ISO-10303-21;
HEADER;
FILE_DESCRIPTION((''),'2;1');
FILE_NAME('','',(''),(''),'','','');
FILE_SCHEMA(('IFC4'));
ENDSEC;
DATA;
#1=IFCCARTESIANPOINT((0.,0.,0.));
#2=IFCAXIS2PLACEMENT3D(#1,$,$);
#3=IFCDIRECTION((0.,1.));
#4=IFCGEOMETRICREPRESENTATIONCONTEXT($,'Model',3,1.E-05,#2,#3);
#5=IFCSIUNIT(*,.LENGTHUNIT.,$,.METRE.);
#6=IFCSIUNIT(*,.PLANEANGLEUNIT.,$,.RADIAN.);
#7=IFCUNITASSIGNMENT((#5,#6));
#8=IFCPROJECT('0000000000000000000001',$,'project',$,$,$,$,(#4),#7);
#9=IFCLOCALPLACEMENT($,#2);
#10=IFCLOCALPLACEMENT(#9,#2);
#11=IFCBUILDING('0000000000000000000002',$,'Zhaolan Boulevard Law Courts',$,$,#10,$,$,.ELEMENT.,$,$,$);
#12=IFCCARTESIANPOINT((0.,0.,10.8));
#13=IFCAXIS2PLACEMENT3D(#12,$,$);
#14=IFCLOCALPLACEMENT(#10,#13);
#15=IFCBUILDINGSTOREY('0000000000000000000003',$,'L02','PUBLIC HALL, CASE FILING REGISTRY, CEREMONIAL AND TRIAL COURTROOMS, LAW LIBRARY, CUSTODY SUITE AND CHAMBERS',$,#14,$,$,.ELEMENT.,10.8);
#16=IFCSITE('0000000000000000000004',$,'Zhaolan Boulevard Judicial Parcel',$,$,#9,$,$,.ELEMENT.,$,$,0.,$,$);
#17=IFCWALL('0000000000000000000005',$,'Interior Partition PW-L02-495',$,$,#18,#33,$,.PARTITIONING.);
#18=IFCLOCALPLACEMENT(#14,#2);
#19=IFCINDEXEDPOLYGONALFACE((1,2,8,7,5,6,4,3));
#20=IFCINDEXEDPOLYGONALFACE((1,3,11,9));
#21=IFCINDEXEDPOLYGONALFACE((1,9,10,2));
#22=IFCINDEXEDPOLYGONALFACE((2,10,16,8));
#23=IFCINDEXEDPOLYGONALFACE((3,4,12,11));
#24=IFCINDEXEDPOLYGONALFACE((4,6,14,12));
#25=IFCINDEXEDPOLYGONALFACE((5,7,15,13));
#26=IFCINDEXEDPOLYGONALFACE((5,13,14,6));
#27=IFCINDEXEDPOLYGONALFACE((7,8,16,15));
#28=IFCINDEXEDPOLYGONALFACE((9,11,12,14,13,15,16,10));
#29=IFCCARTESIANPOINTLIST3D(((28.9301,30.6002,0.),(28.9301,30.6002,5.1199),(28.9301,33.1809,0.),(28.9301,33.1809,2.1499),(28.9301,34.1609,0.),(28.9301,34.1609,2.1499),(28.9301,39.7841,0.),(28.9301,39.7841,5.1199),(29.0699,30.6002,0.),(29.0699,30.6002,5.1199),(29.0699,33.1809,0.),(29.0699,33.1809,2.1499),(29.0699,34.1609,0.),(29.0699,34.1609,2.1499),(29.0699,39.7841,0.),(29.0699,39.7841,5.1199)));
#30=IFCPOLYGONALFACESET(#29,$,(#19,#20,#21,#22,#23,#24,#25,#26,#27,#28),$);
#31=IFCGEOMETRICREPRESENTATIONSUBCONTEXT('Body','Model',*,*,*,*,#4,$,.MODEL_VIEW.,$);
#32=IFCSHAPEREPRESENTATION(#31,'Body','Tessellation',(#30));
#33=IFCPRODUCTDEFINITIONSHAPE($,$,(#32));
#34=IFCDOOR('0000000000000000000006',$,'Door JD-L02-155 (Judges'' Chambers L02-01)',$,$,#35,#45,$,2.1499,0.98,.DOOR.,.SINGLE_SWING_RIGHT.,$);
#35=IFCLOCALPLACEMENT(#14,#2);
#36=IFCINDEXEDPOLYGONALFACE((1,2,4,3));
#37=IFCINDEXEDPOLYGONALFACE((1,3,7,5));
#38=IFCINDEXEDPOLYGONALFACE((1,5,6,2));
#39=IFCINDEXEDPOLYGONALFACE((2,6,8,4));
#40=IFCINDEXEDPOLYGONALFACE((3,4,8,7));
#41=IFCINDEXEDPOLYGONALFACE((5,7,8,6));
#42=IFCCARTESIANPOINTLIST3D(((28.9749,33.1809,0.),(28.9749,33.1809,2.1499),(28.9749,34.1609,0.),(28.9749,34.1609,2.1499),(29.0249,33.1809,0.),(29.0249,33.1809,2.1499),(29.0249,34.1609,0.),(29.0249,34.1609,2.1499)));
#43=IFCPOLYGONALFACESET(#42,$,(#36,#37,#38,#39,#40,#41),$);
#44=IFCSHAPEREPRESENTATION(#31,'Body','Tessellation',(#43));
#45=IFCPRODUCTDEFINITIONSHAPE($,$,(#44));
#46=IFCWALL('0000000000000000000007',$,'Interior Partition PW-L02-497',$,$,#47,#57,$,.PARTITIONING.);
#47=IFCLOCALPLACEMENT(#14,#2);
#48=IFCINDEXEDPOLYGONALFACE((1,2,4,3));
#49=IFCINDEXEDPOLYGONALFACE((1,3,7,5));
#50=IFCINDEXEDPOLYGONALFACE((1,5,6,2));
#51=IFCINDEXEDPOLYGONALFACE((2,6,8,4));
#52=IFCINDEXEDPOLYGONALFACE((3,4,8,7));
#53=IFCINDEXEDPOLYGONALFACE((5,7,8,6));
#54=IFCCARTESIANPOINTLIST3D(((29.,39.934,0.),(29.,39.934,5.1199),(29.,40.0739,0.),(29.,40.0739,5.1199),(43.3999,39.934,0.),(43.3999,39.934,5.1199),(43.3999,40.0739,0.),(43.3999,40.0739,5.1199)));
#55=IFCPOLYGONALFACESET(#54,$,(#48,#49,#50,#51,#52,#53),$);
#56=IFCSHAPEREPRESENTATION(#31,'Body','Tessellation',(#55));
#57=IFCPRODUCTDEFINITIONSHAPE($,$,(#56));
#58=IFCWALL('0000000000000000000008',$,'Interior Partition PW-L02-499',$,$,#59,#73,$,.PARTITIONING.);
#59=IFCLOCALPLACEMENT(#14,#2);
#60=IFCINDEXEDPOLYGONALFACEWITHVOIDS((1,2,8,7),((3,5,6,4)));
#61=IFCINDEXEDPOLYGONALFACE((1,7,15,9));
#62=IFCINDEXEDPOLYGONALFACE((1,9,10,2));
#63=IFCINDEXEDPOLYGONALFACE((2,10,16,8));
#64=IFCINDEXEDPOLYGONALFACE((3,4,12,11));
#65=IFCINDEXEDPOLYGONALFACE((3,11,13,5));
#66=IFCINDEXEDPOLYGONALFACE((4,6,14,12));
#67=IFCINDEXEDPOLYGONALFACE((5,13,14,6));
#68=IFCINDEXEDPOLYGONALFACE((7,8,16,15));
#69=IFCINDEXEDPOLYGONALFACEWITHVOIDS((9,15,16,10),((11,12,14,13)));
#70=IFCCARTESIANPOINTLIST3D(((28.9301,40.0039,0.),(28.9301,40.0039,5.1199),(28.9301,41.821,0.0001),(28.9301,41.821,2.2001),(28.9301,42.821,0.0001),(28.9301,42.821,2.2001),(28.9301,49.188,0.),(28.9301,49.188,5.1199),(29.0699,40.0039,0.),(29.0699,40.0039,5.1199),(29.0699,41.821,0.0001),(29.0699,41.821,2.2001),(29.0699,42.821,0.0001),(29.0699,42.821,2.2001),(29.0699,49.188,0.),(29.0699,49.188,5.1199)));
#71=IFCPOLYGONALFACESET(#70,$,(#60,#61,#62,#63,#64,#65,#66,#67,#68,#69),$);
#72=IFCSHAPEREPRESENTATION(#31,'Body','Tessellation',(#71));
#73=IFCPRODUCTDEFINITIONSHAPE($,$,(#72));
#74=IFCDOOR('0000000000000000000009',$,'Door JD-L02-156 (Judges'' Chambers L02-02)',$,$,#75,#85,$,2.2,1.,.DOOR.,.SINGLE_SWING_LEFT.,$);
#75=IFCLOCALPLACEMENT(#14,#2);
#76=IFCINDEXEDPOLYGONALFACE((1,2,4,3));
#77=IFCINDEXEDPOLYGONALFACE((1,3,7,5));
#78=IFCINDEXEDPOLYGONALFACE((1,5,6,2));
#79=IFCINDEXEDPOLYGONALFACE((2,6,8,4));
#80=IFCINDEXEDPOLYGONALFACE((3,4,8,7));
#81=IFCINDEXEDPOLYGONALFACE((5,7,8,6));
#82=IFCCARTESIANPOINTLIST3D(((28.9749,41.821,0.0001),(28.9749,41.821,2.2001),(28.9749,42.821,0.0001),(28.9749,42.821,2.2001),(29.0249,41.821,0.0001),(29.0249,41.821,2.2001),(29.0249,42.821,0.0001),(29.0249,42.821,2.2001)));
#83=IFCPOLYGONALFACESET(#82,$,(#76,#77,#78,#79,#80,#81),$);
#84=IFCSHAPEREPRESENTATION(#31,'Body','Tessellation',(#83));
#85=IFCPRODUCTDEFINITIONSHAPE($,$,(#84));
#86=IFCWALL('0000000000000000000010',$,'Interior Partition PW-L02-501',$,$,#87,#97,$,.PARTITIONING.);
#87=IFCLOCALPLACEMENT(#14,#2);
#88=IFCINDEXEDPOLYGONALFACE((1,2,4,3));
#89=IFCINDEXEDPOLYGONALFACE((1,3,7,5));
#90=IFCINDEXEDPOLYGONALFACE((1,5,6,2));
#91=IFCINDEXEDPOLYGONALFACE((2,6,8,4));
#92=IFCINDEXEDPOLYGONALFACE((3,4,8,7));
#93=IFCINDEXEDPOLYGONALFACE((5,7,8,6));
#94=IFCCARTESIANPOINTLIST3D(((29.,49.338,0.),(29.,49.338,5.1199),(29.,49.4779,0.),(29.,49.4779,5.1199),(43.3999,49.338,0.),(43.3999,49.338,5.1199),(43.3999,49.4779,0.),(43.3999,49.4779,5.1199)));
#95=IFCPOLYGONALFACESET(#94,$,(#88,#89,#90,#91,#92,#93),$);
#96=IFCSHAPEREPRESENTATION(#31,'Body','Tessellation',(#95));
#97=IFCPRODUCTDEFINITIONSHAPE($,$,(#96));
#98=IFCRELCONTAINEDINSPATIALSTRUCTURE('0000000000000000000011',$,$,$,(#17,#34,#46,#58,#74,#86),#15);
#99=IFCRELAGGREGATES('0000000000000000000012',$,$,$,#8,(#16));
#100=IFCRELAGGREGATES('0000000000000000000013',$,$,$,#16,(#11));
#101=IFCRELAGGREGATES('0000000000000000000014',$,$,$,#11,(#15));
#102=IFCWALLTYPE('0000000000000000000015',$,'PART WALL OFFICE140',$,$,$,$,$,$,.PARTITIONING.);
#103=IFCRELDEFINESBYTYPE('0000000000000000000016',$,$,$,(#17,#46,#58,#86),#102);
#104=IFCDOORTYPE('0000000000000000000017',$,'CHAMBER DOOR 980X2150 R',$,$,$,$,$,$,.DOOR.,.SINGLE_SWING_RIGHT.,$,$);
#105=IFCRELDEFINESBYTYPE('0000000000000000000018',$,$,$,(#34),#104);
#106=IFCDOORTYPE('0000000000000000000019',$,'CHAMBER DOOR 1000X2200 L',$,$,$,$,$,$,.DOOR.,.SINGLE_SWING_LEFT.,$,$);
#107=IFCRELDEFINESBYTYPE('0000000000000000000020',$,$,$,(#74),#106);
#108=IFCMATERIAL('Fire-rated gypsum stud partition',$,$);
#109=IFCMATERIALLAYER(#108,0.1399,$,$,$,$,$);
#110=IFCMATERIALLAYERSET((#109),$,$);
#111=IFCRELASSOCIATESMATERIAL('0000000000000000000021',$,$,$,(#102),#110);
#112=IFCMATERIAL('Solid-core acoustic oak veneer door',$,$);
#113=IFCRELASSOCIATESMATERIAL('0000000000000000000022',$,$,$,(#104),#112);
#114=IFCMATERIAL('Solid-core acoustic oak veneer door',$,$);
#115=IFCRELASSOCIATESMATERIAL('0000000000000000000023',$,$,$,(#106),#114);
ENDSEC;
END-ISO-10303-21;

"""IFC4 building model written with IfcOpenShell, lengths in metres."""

from ifc_helpers import new_model, si_unit, direction, frame, frame_2d, origin, place, context, subcontext, project, spatial, rectangle, extrude, material, layer, layer_set, type_object, element, fill, save


model = new_model("IFC4")

# Units and contexts
model_context = context("Model", 3, precision=1e-05, world=origin(), true_north=direction((0.0, 1.0)))
body_context = subcontext(model_context, "Body", "Model", "MODEL_VIEW")
ifc_project = project(units=[si_unit("LENGTHUNIT", "METRE"), si_unit("PLANEANGLEUNIT", "RADIAN")], contexts=[model_context])

# Site, building, storey
site_placement = place(None, origin())
site = spatial("IfcSite", under=ifc_project, at=site_placement, Name="Zhaolan Boulevard Judicial Parcel", CompositionType="ELEMENT", RefElevation=0.0)
building_placement = place(site_placement, origin())
building = spatial("IfcBuilding", under=site, at=building_placement, Name="Zhaolan Boulevard Law Courts", CompositionType="ELEMENT")
storey_placement = place(building_placement, frame((0.0, 0.0, 10.8)))
storey = spatial("IfcBuildingStorey", under=building, at=storey_placement, Name="L02", Description="PUBLIC HALL, CASE FILING REGISTRY, CEREMONIAL AND TRIAL COURTROOMS, LAW LIBRARY, CUSTODY SUITE AND CHAMBERS", CompositionType="ELEMENT", Elevation=10.8)

# Wall, opening, door
ifc_material_1 = material(Name="Fire-rated gypsum stud partition")
ifc_layer_1 = layer(ifc_material_1, 0.1399)
ifc_layer_set_1 = layer_set([ifc_layer_1])
wall_type_1 = type_object("IfcWallType", Name="PART WALL OFFICE140", PredefinedType="PARTITIONING", material=ifc_layer_set_1)
wall_1_placement = place(storey_placement, frame((29.0, 39.7839, 0.0), z_axis=(0.0, 0.0, 1.0), x_axis=(0.0, -1.0, 0.0)))
wall_1 = element("IfcWall", 1, at=wall_1_placement, inside=storey, type_object=wall_type_1, Name="Interior Partition PW-L02-495", PredefinedType="PARTITIONING", context=body_context, shape_type="SweptSolid", body=[
    extrude(rectangle(XDim=9.1838, YDim=0.1399, at=frame_2d((4.5918, 0.0))), origin(), (0.0, 0.0, 1.0), 5.1199),
])
opening_1_placement = place(wall_1_placement, frame((5.623, 0.0, 0.0)))
opening_1 = element("IfcOpeningElement", 2, at=opening_1_placement, cuts=wall_1, PredefinedType="OPENING", context=body_context, shape_type="SweptSolid", body=[
    extrude(rectangle(XDim=0.98, YDim=2.1499, at=frame_2d((0.49, 1.075))), frame((0.0, 0.0798, 0.0), z_axis=(0.0, -1.0, 0.0), x_axis=(1.0, 0.0, 0.0)), (0.0, 0.0, 1.0), 0.1599),
])
ifc_material_2 = material(Name="Solid-core acoustic oak veneer door")
door_type_1 = type_object("IfcDoorType", Name="CHAMBER DOOR 980X2150 R", OperationType="SINGLE_SWING_RIGHT", PredefinedType="DOOR", material=ifc_material_2)
door_1_placement = place(opening_1_placement, origin())
door_1 = element("IfcDoor", 3, at=door_1_placement, inside=storey, type_object=door_type_1, Name="Door JD-L02-155 (Judges' Chambers L02-01)", OperationType="SINGLE_SWING_RIGHT", OverallHeight=2.1499, OverallWidth=0.98, PredefinedType="DOOR", context=body_context, shape_type="SweptSolid", body=[
    extrude(rectangle(XDim=0.98, YDim=2.1499, at=frame_2d((0.49, 1.075))), frame((0.0, 0.0249, 0.0), z_axis=(0.0, -1.0, 0.0), x_axis=(1.0, 0.0, 0.0)), (0.0, 0.0, 1.0), 0.05),
])
fill(opening_1, door_1)

# Wall
wall_2_placement = place(storey_placement, frame((29.0, 40.0039, 0.0), z_axis=(0.0, 0.0, 1.0), x_axis=(1.0, 0.0, 0.0)))
element("IfcWall", 4, at=wall_2_placement, inside=storey, type_object=wall_type_1, Name="Interior Partition PW-L02-497", PredefinedType="PARTITIONING", context=body_context, shape_type="SweptSolid", body=[
    extrude(rectangle(XDim=14.3999, YDim=0.1399, at=frame_2d((7.2, 0.0))), origin(), (0.0, 0.0, 1.0), 5.1199),
])

# Wall, opening, door
wall_3_placement = place(storey_placement, frame((29.0, 49.188, 0.0), z_axis=(0.0, 0.0, 1.0), x_axis=(0.0, -1.0, 0.0)))
wall_3 = element("IfcWall", 5, at=wall_3_placement, inside=storey, type_object=wall_type_1, Name="Interior Partition PW-L02-499", PredefinedType="PARTITIONING", context=body_context, shape_type="SweptSolid", body=[
    extrude(rectangle(XDim=9.1841, YDim=0.1399, at=frame_2d((4.592, 0.0))), origin(), (0.0, 0.0, 1.0), 5.1199),
])
opening_2_placement = place(wall_3_placement, frame((6.3669, 0.0, 0.0)))
opening_2 = element("IfcOpeningElement", 6, at=opening_2_placement, cuts=wall_3, PredefinedType="OPENING", context=body_context, shape_type="SweptSolid", body=[
    extrude(rectangle(XDim=1.0, YDim=2.2, at=frame_2d((0.5, 1.1001))), frame((0.0, 0.0798, 0.0), z_axis=(0.0, -1.0, 0.0), x_axis=(1.0, 0.0, 0.0)), (0.0, 0.0, 1.0), 0.1599),
])
ifc_material_3 = material(Name="Solid-core acoustic oak veneer door")
door_type_2 = type_object("IfcDoorType", Name="CHAMBER DOOR 1000X2200 L", OperationType="SINGLE_SWING_LEFT", PredefinedType="DOOR", material=ifc_material_3)
door_2_placement = place(opening_2_placement, origin())
door_2 = element("IfcDoor", 7, at=door_2_placement, inside=storey, type_object=door_type_2, Name="Door JD-L02-156 (Judges' Chambers L02-02)", OperationType="SINGLE_SWING_LEFT", OverallHeight=2.2, OverallWidth=1.0, PredefinedType="DOOR", context=body_context, shape_type="SweptSolid", body=[
    extrude(rectangle(XDim=1.0, YDim=2.2, at=frame_2d((0.5, 1.1001))), frame((0.0, 0.0249, 0.0), z_axis=(0.0, -1.0, 0.0), x_axis=(1.0, 0.0, 0.0)), (0.0, 0.0, 1.0), 0.05),
])
fill(opening_2, door_2)

# Wall
wall_4_placement = place(storey_placement, frame((29.0, 49.408, 0.0), z_axis=(0.0, 0.0, 1.0), x_axis=(1.0, 0.0, 0.0)))
element("IfcWall", 8, at=wall_4_placement, inside=storey, type_object=wall_type_1, Name="Interior Partition PW-L02-501", PredefinedType="PARTITIONING", context=body_context, shape_type="SweptSolid", body=[
    extrude(rectangle(XDim=14.3999, YDim=0.1399, at=frame_2d((7.2, 0.0))), origin(), (0.0, 0.0, 1.0), 5.1199),
])

save(model, "model.ifc")
